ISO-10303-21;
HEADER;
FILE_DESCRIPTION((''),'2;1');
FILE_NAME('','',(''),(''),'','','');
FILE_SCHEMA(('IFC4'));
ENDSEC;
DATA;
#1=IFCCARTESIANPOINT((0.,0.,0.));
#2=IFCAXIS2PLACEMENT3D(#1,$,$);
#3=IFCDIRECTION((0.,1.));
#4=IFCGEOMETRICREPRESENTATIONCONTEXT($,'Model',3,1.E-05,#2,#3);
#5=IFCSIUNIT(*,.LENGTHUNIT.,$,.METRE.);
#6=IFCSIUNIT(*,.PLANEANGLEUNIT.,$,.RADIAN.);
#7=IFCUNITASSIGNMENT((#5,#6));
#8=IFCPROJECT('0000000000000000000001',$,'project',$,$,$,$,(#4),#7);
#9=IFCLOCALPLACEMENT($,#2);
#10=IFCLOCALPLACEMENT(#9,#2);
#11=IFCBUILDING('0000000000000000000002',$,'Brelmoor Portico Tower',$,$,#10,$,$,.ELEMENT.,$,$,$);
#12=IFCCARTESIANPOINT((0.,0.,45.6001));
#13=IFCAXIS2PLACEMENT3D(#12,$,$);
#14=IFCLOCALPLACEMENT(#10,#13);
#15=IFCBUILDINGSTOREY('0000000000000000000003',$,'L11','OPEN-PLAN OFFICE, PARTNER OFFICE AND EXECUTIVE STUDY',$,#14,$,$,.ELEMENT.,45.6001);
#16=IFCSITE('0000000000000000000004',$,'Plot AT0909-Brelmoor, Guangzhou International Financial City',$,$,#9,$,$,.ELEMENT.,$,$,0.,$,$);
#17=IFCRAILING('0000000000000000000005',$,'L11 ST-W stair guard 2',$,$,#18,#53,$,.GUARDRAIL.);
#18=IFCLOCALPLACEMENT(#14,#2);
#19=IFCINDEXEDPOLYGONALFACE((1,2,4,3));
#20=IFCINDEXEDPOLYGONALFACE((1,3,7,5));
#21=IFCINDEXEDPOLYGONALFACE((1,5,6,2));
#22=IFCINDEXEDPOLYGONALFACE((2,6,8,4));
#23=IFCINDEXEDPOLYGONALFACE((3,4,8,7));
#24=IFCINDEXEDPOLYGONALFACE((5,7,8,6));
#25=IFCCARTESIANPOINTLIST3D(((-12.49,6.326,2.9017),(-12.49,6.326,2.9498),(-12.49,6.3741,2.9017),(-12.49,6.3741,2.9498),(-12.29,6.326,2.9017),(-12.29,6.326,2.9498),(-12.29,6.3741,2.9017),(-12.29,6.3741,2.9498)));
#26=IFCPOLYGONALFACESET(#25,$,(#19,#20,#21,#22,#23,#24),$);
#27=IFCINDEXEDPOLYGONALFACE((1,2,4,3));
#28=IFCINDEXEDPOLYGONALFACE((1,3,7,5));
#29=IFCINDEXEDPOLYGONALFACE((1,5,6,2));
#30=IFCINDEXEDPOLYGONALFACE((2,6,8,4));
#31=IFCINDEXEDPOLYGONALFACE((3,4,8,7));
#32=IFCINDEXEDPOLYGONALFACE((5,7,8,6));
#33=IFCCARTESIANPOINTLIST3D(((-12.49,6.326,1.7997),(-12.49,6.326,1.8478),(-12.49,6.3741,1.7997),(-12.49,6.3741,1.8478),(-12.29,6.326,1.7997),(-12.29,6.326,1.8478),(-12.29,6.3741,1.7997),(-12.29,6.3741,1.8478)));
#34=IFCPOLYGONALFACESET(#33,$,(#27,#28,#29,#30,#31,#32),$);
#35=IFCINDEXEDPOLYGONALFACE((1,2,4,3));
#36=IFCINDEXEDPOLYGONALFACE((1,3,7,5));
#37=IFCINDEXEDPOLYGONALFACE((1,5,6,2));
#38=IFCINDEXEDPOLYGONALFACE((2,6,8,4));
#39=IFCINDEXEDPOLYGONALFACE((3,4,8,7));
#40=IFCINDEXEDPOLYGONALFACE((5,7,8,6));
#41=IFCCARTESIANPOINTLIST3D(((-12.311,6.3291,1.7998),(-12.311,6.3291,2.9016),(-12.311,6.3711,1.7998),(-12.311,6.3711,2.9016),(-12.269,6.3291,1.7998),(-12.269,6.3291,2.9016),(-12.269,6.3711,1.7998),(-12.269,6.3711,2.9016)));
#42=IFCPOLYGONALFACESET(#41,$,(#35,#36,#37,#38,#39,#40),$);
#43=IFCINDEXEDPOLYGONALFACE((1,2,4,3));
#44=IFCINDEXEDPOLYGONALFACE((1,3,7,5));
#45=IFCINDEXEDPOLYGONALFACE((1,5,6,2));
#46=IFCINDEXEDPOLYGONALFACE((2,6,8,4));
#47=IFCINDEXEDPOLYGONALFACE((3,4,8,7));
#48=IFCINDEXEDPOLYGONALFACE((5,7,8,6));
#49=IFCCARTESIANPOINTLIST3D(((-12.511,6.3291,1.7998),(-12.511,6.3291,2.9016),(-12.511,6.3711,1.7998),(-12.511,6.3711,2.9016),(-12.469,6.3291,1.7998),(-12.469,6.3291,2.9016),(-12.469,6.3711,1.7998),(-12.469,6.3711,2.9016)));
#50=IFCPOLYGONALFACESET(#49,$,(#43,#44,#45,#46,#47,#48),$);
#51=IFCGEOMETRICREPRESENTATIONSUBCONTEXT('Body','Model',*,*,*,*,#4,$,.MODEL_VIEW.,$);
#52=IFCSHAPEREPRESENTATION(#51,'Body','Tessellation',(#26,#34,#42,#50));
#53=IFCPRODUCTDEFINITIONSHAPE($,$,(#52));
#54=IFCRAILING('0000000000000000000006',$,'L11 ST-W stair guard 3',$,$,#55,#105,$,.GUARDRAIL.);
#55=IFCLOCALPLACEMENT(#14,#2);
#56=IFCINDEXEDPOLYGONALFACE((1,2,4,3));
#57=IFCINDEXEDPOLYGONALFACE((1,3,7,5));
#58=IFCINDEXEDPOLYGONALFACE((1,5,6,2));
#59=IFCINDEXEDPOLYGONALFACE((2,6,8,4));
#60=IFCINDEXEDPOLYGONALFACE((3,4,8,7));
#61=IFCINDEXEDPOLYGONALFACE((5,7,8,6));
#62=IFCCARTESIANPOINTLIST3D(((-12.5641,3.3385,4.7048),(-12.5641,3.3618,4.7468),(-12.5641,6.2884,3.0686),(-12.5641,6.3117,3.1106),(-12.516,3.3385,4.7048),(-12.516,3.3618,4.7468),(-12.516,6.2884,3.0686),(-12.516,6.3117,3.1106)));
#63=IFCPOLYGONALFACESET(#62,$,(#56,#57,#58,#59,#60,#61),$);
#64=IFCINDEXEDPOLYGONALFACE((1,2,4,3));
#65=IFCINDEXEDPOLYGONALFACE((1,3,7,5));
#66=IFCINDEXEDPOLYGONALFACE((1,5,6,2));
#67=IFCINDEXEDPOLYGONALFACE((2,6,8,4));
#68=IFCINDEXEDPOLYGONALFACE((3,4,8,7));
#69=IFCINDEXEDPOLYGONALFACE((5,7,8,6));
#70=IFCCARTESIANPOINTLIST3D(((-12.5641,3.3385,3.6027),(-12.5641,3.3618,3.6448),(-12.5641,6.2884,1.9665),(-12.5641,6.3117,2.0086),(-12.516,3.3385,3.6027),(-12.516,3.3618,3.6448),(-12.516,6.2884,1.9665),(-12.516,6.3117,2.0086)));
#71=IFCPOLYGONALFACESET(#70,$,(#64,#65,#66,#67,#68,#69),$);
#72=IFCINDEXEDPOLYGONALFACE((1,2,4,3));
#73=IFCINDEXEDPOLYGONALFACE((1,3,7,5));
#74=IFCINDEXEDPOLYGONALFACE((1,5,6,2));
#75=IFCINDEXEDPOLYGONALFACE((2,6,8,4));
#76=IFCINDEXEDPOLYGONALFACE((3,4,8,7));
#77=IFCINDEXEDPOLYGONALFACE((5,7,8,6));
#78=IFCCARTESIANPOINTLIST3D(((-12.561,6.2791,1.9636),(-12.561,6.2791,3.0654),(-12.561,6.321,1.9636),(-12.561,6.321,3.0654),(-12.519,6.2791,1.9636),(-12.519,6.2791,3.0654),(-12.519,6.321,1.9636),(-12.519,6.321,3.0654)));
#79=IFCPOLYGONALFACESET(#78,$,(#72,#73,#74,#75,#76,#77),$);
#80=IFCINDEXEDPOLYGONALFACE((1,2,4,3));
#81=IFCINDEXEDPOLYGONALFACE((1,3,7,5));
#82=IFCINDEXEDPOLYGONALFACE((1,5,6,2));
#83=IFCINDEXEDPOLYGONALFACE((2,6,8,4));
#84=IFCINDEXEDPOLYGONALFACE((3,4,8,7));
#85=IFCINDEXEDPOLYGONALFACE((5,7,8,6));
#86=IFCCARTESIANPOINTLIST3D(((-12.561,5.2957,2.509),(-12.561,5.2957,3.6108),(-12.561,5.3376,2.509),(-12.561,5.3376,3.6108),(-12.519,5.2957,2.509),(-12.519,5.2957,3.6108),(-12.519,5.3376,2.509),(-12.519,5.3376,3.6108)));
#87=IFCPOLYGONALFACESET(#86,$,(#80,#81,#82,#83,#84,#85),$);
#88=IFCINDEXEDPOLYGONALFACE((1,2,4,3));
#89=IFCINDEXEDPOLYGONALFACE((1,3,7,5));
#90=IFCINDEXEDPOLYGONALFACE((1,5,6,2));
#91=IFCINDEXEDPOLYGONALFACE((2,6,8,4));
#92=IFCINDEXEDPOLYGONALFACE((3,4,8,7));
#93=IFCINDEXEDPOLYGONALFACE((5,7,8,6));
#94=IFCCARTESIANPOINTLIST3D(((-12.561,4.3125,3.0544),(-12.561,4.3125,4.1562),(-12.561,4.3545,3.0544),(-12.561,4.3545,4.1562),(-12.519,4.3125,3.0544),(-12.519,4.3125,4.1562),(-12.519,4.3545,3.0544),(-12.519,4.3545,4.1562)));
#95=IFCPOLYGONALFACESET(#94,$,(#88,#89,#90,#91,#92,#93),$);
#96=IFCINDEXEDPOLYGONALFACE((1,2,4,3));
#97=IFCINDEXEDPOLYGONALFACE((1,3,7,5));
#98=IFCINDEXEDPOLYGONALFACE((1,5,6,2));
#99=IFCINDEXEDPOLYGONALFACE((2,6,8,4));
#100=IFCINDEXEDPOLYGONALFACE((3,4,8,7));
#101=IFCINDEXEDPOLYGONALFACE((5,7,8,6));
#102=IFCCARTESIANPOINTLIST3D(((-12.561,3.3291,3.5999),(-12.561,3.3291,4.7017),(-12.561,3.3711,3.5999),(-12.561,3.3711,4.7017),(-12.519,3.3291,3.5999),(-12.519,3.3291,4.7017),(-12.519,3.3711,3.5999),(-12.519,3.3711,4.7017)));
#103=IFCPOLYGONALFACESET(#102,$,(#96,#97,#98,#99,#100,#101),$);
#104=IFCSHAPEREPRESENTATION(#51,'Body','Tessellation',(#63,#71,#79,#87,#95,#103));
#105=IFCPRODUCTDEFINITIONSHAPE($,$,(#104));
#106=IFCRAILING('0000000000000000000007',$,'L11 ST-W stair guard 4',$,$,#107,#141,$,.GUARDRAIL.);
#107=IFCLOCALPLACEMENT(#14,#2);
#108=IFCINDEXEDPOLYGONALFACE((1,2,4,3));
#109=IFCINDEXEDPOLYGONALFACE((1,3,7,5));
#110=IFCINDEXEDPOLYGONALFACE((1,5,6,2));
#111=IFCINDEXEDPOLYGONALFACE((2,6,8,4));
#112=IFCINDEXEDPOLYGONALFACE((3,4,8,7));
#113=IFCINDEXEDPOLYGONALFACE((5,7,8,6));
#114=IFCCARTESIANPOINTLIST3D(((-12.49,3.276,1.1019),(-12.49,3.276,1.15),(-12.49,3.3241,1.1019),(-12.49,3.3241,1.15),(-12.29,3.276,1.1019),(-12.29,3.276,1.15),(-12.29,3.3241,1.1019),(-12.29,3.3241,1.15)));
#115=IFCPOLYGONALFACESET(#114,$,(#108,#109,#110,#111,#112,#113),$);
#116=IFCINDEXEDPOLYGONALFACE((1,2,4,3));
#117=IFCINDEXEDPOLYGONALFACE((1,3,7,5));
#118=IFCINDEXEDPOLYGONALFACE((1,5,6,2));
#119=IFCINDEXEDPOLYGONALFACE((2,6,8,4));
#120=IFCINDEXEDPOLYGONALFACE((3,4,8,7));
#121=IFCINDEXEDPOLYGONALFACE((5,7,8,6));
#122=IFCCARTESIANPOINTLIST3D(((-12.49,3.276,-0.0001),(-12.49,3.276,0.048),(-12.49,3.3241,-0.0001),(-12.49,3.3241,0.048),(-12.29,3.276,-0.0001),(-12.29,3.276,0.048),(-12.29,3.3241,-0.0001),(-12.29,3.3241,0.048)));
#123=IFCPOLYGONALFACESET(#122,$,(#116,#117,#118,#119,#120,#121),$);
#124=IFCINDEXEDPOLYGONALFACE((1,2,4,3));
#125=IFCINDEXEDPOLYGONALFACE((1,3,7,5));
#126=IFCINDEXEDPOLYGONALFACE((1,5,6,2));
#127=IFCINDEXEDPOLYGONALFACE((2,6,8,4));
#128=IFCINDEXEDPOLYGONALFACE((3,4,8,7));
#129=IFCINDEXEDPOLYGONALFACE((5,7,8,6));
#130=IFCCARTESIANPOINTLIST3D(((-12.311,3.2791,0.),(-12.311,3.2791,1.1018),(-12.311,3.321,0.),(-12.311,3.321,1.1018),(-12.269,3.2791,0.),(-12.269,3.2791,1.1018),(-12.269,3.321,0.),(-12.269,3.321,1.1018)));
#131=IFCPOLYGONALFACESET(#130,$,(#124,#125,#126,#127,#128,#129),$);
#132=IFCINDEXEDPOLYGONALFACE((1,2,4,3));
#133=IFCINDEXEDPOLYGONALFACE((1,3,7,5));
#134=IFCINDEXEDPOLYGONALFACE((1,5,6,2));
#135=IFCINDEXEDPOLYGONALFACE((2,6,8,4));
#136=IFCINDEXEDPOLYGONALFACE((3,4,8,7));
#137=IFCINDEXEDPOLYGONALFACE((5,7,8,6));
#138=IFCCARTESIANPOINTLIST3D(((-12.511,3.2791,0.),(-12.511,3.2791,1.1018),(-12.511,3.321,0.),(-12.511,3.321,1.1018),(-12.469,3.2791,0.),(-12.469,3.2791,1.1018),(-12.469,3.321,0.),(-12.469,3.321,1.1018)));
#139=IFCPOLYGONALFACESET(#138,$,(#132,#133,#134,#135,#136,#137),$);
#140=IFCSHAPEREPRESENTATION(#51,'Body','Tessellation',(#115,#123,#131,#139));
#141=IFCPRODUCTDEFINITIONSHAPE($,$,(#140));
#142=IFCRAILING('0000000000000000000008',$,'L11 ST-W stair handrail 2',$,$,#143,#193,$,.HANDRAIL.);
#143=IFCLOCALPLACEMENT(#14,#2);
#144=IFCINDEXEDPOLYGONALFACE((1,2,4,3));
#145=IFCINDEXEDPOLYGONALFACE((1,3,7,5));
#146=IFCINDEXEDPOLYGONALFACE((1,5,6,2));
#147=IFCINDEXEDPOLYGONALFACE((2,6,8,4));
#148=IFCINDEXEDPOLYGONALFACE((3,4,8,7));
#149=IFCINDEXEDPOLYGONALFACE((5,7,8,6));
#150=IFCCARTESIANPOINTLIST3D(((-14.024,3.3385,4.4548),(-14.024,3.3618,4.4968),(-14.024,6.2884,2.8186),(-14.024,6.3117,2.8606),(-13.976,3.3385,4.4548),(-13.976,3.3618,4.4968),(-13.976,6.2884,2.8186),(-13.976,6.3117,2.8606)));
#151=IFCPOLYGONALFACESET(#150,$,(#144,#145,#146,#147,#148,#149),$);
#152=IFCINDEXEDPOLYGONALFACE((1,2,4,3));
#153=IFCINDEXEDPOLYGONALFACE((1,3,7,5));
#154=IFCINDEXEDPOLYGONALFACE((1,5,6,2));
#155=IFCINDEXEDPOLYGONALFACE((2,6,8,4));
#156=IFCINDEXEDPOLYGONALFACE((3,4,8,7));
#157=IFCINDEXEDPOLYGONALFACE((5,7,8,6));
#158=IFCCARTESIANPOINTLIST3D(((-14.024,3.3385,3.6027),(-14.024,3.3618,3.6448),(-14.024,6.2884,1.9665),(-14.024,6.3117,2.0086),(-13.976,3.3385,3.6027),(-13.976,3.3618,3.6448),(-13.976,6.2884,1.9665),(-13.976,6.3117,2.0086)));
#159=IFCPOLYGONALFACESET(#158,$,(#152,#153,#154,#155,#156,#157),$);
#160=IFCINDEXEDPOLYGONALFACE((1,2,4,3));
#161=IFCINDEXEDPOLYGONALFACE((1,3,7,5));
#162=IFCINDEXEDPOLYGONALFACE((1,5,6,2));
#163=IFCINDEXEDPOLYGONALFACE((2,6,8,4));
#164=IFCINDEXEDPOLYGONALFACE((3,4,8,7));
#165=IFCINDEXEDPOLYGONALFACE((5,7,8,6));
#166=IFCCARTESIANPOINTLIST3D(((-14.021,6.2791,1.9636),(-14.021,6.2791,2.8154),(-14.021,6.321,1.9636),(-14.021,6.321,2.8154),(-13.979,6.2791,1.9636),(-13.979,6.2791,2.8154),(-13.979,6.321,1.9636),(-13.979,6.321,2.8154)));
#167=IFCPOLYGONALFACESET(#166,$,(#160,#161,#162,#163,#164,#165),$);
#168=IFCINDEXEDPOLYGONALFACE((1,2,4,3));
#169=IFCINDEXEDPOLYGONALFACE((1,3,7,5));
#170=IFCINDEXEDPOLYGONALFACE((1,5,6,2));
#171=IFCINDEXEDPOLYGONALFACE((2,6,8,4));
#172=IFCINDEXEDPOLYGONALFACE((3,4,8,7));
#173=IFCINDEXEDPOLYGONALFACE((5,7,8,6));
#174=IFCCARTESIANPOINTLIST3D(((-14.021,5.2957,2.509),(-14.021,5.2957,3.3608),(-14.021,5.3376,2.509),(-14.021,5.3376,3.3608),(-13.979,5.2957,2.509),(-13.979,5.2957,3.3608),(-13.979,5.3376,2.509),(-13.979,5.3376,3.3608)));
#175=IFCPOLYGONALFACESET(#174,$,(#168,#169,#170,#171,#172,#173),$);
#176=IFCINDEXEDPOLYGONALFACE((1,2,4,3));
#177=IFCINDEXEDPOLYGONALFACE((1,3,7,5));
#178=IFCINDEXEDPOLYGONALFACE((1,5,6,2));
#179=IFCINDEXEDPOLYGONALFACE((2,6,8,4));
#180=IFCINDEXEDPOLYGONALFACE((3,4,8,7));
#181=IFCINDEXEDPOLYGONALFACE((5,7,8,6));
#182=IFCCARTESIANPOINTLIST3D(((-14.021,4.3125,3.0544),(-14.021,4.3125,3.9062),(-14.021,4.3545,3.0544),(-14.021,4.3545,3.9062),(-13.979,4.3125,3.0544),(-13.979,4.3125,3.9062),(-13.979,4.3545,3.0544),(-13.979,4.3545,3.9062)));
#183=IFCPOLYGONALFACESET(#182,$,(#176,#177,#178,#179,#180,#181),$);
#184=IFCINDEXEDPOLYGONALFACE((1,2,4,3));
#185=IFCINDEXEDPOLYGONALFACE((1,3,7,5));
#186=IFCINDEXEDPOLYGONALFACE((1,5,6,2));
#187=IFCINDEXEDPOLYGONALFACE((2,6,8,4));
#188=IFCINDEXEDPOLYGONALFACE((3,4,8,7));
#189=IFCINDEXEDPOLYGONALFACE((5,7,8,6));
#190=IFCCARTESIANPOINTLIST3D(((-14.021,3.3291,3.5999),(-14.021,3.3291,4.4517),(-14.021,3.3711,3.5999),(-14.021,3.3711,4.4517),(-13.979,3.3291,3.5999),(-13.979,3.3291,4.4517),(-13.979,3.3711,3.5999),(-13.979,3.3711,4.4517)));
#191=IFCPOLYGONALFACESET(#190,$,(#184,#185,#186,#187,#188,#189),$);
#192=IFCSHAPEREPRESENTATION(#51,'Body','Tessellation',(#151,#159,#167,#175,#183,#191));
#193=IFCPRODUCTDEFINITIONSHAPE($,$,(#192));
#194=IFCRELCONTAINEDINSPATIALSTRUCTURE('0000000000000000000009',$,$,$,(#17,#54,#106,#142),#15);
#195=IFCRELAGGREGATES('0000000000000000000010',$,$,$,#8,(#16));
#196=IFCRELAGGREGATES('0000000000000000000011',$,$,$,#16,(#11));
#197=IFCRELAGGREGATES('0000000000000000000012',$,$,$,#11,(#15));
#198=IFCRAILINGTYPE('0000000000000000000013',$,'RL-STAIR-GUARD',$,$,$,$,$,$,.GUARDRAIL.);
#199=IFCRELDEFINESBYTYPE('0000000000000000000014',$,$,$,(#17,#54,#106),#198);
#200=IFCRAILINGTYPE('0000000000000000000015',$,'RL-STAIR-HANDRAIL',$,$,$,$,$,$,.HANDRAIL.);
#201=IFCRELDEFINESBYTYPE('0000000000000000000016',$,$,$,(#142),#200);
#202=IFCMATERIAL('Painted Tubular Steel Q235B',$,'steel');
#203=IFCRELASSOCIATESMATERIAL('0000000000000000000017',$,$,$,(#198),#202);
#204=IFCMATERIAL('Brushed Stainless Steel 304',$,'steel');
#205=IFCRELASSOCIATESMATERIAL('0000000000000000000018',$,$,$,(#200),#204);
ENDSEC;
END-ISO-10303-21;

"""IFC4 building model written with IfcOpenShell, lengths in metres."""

from ifc_helpers import new_model, si_unit, direction, frame, origin, origin_2d, place, context, subcontext, project, spatial, rectangle, extrude, material, type_object, element, save


model = new_model("IFC4")

# Units and contexts
model_context = context("Model", 3, precision=1e-05, world=origin(), true_north=direction((0.0, 1.0)))
body_context = subcontext(model_context, "Body", "Model", "MODEL_VIEW")
ifc_project = project(units=[si_unit("LENGTHUNIT", "METRE"), si_unit("PLANEANGLEUNIT", "RADIAN")], contexts=[model_context])

# Site, building, storey
site_placement = place(None, origin())
site = spatial("IfcSite", under=ifc_project, at=site_placement, Name="Plot AT0909-Brelmoor, Guangzhou International Financial City", CompositionType="ELEMENT", RefElevation=0.0)
building_placement = place(site_placement, origin())
building = spatial("IfcBuilding", under=site, at=building_placement, Name="Brelmoor Portico Tower", CompositionType="ELEMENT")
storey_placement = place(building_placement, frame((0.0, 0.0, 45.6001)))
storey = spatial("IfcBuildingStorey", under=building, at=storey_placement, Name="L11", Description="OPEN-PLAN OFFICE, PARTNER OFFICE AND EXECUTIVE STUDY", CompositionType="ELEMENT", Elevation=45.6001)

# Railings
ifc_material_1 = material(Name="Painted Tubular Steel Q235B", Category="steel")
railing_type_1 = type_object("IfcRailingType", Name="RL-STAIR-GUARD", PredefinedType="GUARDRAIL", material=ifc_material_1)
railing_1_placement = place(storey_placement, frame((-12.29, 6.3501, 1.7998)))
element("IfcRailing", 1, at=railing_1_placement, inside=storey, type_object=railing_type_1, Name="L11 ST-W stair guard 2", PredefinedType="GUARDRAIL", context=body_context, shape_type="SweptSolid", body=[
    extrude(rectangle(XDim=0.0481, YDim=0.0481, at=origin_2d()), frame((0.0, 0.0, 1.126), z_axis=(-1.0, 0.0, 0.0), x_axis=(0.0, -1.0, 0.0)), (0.0, 0.0, 1.0), 0.2),
    extrude(rectangle(XDim=0.0481, YDim=0.0481, at=origin_2d()), frame((0.0, 0.0, 0.0239), z_axis=(-1.0, 0.0, 0.0), x_axis=(0.0, -1.0, 0.0)), (0.0, 0.0, 1.0), 0.2),
    extrude(rectangle(XDim=0.042, YDim=0.042, at=origin_2d()), origin(), (0.0, 0.0, 1.0), 1.1018),
    extrude(rectangle(XDim=0.042, YDim=0.042, at=origin_2d()), frame((-0.2, 0.0, 0.0)), (0.0, 0.0, 1.0), 1.1018),
])
railing_2_placement = place(storey_placement, frame((-12.54, 6.3, 1.9636)))
element("IfcRailing", 2, at=railing_2_placement, inside=storey, type_object=railing_type_1, Name="L11 ST-W stair guard 3", PredefinedType="GUARDRAIL", context=body_context, shape_type="SweptSolid", body=[
    extrude(rectangle(XDim=0.0481, YDim=0.0481, at=origin_2d()), frame((0.0, 0.0, 1.126), z_axis=(0.0, -0.874488, 0.485047), x_axis=(1.0, 0.0, 0.0)), (0.0, 0.0, 1.0), 3.3733),
    extrude(rectangle(XDim=0.0481, YDim=0.0481, at=origin_2d()), frame((0.0, 0.0, 0.0239), z_axis=(0.0, -0.874488, 0.485047), x_axis=(1.0, 0.0, 0.0)), (0.0, 0.0, 1.0), 3.3733),
    extrude(rectangle(XDim=0.042, YDim=0.042, at=origin_2d()), origin(), (0.0, 0.0, 1.0), 1.1018),
    extrude(rectangle(XDim=0.042, YDim=0.042, at=origin_2d()), frame((0.0, -0.9834, 0.5454)), (0.0, 0.0, 1.0), 1.1018),
    extrude(rectangle(XDim=0.042, YDim=0.042, at=origin_2d()), frame((0.0, -1.9666, 1.0908)), (0.0, 0.0, 1.0), 1.1018),
    extrude(rectangle(XDim=0.042, YDim=0.042, at=origin_2d()), frame((0.0, -2.95, 1.6362)), (0.0, 0.0, 1.0), 1.1018),
])
railing_3_placement = place(storey_placement, frame((-12.29, 3.3, 0.0)))
element("IfcRailing", 3, at=railing_3_placement, inside=storey, type_object=railing_type_1, Name="L11 ST-W stair guard 4", PredefinedType="GUARDRAIL", context=body_context, shape_type="SweptSolid", body=[
    extrude(rectangle(XDim=0.0481, YDim=0.0481, at=origin_2d()), frame((0.0, 0.0, 1.126), z_axis=(-1.0, 0.0, 0.0), x_axis=(0.0, -1.0, 0.0)), (0.0, 0.0, 1.0), 0.2),
    extrude(rectangle(XDim=0.0481, YDim=0.0481, at=origin_2d()), frame((0.0, 0.0, 0.0239), z_axis=(-1.0, 0.0, 0.0), x_axis=(0.0, -1.0, 0.0)), (0.0, 0.0, 1.0), 0.2),
    extrude(rectangle(XDim=0.042, YDim=0.042, at=origin_2d()), origin(), (0.0, 0.0, 1.0), 1.1018),
    extrude(rectangle(XDim=0.042, YDim=0.042, at=origin_2d()), frame((-0.2, 0.0, 0.0)), (0.0, 0.0, 1.0), 1.1018),
])
ifc_material_2 = material(Name="Brushed Stainless Steel 304", Category="steel")
railing_type_2 = type_object("IfcRailingType", Name="RL-STAIR-HANDRAIL", PredefinedType="HANDRAIL", material=ifc_material_2)
railing_4_placement = place(storey_placement, frame((-14.0, 6.3, 1.9636)))
element("IfcRailing", 4, at=railing_4_placement, inside=storey, type_object=railing_type_2, Name="L11 ST-W stair handrail 2", PredefinedType="HANDRAIL", context=body_context, shape_type="SweptSolid", body=[
    extrude(rectangle(XDim=0.0481, YDim=0.0481, at=origin_2d()), frame((0.0, 0.0, 0.876), z_axis=(0.0, -0.874488, 0.485047), x_axis=(1.0, 0.0, 0.0)), (0.0, 0.0, 1.0), 3.3733),
    extrude(rectangle(XDim=0.0481, YDim=0.0481, at=origin_2d()), frame((0.0, 0.0, 0.0239), z_axis=(0.0, -0.874488, 0.485047), x_axis=(1.0, 0.0, 0.0)), (0.0, 0.0, 1.0), 3.3733),
    extrude(rectangle(XDim=0.042, YDim=0.042, at=origin_2d()), origin(), (0.0, 0.0, 1.0), 0.8518),
    extrude(rectangle(XDim=0.042, YDim=0.042, at=origin_2d()), frame((0.0, -0.9834, 0.5454)), (0.0, 0.0, 1.0), 0.8518),
    extrude(rectangle(XDim=0.042, YDim=0.042, at=origin_2d()), frame((0.0, -1.9666, 1.0908)), (0.0, 0.0, 1.0), 0.8518),
    extrude(rectangle(XDim=0.042, YDim=0.042, at=origin_2d()), frame((0.0, -2.95, 1.6362)), (0.0, 0.0, 1.0), 0.8518),
])

save(model, "model.ifc")
